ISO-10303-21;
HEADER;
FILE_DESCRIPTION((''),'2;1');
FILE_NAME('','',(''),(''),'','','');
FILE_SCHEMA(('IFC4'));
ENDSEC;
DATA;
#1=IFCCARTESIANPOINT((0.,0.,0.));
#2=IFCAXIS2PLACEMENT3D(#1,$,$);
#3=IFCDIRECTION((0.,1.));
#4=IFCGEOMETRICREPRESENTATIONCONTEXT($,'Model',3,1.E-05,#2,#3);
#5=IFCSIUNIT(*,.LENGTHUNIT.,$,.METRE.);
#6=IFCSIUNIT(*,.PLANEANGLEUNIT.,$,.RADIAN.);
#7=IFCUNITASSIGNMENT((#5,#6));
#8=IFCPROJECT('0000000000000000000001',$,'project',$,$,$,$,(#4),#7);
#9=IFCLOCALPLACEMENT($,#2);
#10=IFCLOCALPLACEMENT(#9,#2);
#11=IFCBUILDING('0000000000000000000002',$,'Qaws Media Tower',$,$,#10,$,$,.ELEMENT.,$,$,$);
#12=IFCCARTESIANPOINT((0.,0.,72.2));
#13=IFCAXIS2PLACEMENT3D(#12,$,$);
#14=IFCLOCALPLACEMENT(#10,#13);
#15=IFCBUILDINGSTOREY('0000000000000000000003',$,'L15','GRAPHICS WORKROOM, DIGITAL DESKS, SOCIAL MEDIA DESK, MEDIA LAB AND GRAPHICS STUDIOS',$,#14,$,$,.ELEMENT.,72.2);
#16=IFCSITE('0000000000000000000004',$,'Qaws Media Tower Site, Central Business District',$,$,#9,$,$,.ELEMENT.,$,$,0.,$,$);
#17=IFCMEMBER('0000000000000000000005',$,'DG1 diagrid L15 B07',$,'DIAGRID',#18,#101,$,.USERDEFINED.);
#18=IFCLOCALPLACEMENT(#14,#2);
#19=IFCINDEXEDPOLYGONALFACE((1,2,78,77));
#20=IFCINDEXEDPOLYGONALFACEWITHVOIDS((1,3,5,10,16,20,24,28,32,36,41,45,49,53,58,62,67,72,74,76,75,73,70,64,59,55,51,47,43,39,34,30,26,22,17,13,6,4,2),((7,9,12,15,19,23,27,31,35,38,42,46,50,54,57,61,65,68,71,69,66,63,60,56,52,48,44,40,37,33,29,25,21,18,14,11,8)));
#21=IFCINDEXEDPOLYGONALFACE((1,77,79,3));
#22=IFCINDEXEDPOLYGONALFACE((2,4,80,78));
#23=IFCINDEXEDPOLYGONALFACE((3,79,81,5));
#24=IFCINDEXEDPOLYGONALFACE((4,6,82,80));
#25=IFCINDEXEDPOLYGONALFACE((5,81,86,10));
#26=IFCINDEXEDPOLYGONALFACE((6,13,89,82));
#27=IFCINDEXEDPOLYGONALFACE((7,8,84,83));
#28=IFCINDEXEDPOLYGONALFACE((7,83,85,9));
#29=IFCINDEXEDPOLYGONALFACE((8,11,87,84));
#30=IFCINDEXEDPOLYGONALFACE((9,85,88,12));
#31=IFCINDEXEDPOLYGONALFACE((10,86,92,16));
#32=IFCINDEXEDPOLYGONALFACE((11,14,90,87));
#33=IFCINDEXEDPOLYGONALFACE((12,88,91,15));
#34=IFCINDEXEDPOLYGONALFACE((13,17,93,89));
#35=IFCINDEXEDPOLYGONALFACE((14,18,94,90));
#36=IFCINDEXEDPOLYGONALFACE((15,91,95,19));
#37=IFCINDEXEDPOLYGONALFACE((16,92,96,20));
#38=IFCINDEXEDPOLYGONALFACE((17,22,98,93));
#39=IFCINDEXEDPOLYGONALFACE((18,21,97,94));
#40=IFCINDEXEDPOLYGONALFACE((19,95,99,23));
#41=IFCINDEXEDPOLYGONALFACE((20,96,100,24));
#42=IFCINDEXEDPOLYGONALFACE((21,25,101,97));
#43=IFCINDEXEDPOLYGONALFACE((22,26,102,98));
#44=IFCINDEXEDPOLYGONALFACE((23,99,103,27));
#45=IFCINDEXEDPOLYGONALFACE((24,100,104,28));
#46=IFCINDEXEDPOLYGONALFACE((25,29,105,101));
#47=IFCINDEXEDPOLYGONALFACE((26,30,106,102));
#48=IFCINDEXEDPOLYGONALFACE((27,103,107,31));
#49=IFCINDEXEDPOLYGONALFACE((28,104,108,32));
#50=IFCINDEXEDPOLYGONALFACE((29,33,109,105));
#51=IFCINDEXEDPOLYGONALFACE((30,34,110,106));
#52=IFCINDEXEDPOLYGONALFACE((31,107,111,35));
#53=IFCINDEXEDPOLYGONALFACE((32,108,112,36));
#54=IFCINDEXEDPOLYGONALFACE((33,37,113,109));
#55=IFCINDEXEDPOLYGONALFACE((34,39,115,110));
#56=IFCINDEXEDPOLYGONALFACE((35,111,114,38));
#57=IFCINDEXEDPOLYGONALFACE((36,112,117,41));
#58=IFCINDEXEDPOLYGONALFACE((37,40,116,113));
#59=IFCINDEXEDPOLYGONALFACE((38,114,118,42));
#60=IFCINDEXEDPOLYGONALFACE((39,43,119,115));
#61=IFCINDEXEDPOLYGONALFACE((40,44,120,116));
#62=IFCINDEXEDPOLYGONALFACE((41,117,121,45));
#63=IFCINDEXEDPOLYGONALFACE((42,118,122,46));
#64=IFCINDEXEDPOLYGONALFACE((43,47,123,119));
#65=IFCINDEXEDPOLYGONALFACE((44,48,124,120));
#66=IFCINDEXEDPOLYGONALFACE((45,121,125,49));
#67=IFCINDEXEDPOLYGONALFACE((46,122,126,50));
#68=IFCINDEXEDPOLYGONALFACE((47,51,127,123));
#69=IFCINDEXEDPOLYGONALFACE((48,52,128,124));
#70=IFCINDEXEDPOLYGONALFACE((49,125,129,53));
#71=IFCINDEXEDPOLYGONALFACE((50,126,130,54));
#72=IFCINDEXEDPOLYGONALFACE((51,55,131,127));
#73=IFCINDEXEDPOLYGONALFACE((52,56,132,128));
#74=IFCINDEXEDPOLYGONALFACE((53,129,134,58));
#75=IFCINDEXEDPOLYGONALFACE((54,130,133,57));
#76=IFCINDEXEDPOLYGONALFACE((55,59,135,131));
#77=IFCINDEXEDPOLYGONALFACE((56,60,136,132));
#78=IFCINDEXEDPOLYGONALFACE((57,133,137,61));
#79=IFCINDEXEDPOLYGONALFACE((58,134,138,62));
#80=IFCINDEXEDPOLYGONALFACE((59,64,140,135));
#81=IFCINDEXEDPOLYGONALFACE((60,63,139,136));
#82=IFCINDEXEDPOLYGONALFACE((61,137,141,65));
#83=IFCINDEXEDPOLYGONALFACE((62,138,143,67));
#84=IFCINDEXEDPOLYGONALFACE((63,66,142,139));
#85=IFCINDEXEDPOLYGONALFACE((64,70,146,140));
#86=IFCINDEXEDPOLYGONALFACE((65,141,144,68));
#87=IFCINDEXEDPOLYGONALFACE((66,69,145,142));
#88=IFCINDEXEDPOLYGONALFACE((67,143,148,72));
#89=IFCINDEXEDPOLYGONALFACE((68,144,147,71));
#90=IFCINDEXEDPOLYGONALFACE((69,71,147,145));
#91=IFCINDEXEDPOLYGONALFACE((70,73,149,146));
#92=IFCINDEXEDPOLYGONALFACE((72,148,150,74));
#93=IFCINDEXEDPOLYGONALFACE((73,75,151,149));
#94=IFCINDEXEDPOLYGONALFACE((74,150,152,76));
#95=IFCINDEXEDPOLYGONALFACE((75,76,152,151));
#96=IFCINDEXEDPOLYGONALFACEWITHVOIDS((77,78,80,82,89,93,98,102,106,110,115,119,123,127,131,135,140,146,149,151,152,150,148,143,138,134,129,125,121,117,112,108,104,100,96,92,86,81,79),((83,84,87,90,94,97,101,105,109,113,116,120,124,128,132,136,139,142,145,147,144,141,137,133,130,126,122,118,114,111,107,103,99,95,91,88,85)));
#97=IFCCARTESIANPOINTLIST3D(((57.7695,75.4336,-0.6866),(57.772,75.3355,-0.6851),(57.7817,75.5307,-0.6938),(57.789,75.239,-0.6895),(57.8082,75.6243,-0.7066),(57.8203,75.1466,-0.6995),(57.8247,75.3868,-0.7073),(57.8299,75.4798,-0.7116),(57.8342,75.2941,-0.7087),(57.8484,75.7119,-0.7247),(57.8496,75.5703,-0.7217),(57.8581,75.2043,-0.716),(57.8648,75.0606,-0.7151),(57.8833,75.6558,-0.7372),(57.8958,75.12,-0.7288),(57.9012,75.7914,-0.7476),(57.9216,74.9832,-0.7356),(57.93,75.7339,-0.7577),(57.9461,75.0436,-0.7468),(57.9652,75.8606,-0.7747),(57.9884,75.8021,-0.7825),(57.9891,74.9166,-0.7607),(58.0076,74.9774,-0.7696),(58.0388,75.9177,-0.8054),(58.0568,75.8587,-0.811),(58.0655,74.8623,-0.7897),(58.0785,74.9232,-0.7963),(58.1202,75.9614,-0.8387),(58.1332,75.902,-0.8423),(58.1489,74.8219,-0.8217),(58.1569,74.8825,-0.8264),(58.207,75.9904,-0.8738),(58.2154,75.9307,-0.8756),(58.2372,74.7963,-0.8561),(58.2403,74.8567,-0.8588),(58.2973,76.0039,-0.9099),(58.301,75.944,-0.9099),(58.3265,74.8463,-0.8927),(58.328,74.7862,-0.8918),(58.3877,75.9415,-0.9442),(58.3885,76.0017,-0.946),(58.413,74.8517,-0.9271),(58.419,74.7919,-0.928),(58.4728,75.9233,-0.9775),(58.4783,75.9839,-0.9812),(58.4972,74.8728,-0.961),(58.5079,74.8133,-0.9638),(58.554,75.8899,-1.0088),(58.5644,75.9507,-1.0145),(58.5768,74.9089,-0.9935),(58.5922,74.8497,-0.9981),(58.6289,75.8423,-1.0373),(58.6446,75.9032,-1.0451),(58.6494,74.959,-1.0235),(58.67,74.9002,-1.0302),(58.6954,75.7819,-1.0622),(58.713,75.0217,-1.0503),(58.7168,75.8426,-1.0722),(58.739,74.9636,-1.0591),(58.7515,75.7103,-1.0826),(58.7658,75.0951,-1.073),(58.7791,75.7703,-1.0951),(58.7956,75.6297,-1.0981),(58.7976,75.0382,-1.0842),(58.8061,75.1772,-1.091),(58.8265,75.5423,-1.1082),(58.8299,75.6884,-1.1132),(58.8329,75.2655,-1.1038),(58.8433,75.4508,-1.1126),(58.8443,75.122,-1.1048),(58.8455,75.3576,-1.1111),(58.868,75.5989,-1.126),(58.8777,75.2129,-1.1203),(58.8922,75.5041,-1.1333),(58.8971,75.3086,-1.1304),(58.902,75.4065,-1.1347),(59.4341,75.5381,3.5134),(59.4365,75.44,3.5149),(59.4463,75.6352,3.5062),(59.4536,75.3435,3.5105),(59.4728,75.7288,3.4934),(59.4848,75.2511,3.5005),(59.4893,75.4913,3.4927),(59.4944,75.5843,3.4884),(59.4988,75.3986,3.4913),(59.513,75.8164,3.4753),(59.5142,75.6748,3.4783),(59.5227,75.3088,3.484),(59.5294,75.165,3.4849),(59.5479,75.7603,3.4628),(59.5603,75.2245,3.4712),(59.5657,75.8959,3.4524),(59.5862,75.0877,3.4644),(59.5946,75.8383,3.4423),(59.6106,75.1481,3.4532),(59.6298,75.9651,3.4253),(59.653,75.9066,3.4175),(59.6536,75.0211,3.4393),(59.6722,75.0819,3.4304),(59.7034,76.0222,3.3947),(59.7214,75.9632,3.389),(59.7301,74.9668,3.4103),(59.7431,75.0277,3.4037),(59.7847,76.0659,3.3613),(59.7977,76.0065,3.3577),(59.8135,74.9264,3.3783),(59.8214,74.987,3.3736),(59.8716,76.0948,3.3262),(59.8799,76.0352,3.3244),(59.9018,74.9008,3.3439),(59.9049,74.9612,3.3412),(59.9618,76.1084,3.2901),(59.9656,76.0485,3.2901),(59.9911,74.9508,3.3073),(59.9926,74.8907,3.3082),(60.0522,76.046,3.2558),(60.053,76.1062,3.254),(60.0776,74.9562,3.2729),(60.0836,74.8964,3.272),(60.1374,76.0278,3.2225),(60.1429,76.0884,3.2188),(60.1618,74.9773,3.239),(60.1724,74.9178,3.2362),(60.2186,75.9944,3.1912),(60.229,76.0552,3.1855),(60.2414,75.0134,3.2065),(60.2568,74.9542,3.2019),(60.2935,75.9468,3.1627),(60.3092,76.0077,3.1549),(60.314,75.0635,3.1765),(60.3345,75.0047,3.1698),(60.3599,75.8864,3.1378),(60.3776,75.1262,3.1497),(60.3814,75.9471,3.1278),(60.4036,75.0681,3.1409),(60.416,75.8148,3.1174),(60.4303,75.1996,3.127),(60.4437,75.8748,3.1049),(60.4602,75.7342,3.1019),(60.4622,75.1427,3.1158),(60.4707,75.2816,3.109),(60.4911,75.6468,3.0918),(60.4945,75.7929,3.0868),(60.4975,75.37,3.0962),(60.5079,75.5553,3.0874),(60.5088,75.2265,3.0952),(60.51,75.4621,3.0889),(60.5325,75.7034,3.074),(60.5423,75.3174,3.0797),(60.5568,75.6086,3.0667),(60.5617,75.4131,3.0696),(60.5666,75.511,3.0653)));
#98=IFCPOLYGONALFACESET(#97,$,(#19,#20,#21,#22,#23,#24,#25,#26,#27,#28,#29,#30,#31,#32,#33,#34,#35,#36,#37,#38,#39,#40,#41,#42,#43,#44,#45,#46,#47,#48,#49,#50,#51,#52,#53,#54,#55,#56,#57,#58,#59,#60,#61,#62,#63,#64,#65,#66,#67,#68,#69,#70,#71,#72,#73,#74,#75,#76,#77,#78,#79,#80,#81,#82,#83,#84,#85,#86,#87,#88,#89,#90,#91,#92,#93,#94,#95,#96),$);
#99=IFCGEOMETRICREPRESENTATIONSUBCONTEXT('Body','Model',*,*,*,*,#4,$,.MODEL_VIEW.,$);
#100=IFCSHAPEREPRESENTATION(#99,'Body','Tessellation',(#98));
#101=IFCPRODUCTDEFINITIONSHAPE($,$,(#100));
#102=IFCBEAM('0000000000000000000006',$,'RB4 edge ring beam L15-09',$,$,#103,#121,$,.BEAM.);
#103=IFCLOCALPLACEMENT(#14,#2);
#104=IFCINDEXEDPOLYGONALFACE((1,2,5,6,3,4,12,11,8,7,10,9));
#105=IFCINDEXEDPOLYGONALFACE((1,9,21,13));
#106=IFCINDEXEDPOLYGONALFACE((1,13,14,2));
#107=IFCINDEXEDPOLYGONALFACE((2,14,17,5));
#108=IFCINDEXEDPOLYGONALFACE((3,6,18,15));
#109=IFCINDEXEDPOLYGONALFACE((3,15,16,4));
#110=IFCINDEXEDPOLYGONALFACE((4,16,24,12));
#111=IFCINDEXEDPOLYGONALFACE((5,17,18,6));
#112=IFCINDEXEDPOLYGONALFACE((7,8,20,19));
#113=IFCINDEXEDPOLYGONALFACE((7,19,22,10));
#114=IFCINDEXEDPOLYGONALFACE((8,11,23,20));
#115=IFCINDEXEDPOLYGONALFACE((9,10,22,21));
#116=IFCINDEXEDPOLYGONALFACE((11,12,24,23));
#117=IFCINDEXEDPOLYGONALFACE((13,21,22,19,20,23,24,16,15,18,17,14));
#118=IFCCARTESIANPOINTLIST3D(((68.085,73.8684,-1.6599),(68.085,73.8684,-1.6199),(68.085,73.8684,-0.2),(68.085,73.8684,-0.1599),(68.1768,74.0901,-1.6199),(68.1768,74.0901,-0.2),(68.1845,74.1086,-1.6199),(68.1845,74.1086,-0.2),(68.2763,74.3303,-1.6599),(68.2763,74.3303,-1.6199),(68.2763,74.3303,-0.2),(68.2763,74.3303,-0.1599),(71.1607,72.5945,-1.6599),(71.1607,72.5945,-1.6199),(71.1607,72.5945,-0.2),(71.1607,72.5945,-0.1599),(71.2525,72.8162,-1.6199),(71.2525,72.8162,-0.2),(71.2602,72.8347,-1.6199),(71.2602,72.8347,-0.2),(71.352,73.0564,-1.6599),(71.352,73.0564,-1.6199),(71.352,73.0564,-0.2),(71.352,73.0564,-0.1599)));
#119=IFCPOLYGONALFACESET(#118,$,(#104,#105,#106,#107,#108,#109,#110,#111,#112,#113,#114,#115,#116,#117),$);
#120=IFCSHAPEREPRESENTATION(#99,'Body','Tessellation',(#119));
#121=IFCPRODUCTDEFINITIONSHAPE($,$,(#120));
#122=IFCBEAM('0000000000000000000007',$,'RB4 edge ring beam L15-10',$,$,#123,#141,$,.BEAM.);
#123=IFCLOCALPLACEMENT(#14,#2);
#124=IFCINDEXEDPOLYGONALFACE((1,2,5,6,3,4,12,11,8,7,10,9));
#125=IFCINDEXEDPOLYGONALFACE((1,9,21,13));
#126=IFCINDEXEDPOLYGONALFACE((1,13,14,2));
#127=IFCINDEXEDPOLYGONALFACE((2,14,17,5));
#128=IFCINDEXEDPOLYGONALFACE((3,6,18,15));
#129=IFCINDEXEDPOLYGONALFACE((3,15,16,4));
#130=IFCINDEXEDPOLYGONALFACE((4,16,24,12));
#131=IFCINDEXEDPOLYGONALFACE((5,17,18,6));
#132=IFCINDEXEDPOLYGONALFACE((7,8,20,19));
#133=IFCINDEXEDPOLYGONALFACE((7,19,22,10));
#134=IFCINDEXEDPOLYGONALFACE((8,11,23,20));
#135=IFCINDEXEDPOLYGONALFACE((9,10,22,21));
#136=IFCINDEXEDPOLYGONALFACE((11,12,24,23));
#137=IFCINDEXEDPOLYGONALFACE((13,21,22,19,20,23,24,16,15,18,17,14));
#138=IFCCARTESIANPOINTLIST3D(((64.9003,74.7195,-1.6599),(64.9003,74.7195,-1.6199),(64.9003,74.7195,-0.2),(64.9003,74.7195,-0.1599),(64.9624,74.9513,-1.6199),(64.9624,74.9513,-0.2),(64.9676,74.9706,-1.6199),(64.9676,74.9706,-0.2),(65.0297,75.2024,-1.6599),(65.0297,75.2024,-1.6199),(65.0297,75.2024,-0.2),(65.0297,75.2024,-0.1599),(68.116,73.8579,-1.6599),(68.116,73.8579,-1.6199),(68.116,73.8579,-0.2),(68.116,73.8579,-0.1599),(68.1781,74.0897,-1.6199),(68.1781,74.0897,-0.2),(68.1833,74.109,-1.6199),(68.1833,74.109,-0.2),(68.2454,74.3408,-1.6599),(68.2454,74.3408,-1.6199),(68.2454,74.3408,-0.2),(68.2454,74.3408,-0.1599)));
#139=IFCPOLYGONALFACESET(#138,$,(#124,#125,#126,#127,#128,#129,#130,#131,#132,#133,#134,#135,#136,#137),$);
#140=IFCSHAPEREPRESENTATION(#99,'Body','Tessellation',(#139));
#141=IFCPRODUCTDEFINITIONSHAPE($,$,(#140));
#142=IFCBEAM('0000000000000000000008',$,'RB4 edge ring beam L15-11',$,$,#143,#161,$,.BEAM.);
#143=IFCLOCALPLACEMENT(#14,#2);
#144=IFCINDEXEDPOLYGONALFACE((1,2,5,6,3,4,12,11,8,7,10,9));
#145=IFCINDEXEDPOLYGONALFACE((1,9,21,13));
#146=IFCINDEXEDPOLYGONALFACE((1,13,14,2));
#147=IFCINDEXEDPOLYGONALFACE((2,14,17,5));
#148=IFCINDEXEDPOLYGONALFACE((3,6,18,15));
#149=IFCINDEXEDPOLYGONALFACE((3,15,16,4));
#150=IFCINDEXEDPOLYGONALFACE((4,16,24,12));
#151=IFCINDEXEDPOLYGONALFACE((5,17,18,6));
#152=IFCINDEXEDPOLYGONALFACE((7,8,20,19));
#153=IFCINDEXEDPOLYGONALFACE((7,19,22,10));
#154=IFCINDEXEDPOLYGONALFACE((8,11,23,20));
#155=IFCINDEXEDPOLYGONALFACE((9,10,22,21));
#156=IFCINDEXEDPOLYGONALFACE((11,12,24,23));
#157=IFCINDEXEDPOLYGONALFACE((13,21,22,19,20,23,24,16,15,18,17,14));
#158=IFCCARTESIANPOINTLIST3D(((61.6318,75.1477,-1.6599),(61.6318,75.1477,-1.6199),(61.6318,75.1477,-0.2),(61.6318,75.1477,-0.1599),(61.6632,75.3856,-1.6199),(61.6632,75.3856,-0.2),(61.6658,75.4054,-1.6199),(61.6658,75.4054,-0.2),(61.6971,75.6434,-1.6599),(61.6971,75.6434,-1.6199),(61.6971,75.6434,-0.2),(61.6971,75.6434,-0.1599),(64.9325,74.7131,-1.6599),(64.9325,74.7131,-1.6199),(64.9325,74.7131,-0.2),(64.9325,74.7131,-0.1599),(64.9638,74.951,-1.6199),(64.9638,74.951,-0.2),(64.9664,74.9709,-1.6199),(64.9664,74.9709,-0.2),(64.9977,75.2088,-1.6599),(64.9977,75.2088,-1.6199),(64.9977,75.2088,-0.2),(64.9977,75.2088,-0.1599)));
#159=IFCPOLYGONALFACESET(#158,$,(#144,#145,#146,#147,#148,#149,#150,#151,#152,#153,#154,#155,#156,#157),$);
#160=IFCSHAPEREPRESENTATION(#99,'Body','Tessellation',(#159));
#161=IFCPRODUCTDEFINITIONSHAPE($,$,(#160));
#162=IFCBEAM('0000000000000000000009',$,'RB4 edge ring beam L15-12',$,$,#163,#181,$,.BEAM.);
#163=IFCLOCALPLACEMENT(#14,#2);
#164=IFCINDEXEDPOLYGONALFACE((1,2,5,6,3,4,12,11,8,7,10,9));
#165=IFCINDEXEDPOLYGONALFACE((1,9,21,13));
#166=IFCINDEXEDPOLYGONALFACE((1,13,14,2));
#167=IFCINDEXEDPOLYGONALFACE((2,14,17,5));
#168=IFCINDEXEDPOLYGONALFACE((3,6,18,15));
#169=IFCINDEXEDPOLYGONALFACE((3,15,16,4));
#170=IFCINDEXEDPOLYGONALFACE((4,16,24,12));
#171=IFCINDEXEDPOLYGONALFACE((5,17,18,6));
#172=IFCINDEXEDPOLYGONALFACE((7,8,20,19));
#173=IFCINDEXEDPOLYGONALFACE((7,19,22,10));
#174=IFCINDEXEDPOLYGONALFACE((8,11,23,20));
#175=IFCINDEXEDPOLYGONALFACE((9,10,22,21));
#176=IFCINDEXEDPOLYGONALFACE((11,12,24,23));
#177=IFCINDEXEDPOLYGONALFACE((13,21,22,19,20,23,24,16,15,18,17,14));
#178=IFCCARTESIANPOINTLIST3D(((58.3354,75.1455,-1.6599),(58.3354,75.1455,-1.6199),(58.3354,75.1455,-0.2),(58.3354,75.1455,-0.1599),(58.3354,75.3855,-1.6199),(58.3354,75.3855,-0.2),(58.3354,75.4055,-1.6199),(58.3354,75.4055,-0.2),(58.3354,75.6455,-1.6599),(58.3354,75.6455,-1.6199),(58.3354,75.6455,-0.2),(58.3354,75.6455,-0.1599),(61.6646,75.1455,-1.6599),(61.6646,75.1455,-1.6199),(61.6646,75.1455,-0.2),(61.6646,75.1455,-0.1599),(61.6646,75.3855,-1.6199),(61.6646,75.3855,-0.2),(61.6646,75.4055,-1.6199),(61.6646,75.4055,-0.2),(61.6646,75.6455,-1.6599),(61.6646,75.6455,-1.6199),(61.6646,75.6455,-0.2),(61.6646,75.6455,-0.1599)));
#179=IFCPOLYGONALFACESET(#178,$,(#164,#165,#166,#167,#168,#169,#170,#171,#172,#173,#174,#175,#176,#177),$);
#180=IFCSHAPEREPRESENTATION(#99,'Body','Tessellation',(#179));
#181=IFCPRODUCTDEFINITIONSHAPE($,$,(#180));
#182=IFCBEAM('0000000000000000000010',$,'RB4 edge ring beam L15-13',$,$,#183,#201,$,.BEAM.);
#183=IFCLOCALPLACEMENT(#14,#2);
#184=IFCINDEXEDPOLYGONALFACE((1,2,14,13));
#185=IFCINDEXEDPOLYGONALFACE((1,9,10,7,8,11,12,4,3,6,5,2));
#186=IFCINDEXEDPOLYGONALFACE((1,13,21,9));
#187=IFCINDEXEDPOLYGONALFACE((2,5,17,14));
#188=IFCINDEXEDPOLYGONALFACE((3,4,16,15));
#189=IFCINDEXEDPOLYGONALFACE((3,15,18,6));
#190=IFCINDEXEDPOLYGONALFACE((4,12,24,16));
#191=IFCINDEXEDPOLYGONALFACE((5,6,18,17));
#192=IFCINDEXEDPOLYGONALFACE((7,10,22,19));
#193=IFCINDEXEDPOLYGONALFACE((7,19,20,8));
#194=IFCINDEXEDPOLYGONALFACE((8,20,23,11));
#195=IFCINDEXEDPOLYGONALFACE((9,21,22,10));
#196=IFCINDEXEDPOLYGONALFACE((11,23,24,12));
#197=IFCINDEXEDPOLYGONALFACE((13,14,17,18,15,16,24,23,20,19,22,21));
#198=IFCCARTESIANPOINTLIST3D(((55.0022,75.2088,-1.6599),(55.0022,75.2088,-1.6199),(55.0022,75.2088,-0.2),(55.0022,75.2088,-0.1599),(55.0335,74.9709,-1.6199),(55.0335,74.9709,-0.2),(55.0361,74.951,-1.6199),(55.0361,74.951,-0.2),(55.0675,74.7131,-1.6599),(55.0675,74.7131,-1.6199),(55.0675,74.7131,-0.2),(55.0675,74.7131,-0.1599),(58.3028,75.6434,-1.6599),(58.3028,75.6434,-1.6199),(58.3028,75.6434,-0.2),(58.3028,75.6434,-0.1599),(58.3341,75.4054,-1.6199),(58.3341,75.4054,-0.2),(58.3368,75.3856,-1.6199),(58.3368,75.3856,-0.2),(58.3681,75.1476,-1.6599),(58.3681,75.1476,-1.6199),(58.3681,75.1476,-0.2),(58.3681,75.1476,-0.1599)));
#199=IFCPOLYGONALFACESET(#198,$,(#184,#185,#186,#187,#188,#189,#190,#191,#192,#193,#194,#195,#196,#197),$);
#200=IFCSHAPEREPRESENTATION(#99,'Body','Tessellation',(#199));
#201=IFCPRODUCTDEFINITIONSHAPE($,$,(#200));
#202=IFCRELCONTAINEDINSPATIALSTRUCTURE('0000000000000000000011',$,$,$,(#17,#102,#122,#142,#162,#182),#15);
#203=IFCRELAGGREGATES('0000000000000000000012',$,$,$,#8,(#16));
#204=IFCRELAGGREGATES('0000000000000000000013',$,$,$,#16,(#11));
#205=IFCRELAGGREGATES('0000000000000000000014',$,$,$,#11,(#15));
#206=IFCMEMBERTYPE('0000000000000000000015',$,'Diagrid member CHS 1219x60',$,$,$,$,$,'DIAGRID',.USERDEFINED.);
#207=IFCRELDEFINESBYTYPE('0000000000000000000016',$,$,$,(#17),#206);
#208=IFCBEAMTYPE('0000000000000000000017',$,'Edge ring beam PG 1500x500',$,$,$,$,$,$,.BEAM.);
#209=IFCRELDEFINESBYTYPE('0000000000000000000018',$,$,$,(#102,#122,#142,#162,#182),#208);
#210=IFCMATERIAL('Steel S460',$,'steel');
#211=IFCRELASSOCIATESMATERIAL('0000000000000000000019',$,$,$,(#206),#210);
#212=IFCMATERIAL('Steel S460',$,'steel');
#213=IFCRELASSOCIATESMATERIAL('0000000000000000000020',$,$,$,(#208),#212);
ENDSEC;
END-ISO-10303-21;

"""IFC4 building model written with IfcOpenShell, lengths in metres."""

from ifc_helpers import new_model, si_unit, direction, frame, origin, origin_2d, place, context, subcontext, project, spatial, hollow_circle, i_section, extrude, material, material_profile, profile_set, type_object, element, save


model = new_model("IFC4")

# Units and contexts
model_context = context("Model", 3, precision=1e-05, world=origin(), true_north=direction((0.0, 1.0)))
body_context = subcontext(model_context, "Body", "Model", "MODEL_VIEW")
ifc_project = project(units=[si_unit("LENGTHUNIT", "METRE"), si_unit("PLANEANGLEUNIT", "RADIAN")], contexts=[model_context])

# Site, building, storey
site_placement = place(None, origin())
site = spatial("IfcSite", under=ifc_project, at=site_placement, Name="Qaws Media Tower Site, Central Business District", CompositionType="ELEMENT", RefElevation=0.0)
building_placement = place(site_placement, origin())
building = spatial("IfcBuilding", under=site, at=building_placement, Name="Qaws Media Tower", CompositionType="ELEMENT")
storey_placement = place(building_placement, frame((0.0, 0.0, 72.2)))
storey = spatial("IfcBuildingStorey", under=building, at=storey_placement, Name="L15", Description="GRAPHICS WORKROOM, DIGITAL DESKS, SOCIAL MEDIA DESK, MEDIA LAB AND GRAPHICS STUDIOS", CompositionType="ELEMENT", Elevation=72.2)

# Member
ifc_material_1 = material(Name="Steel S460", Category="steel")
ifc_material_profile_1 = material_profile(ifc_material_1, hollow_circle(Radius=0.6096, WallThickness=0.0601, at=origin_2d()), Name="CHS 1219x60")
ifc_profile_set_1 = profile_set([ifc_material_profile_1], Name="Steel S460")
member_type_1 = type_object("IfcMemberType", Name="Diagrid member CHS 1219x60", ElementType="DIAGRID", PredefinedType="USERDEFINED", material=ifc_profile_set_1)
for number, where, z_axis, x_axis, name in (
    (1, (58.3354, 75.3955, -0.9099), (0.368346, 0.023123, 0.929401), (-0.062652, 0.998035, 0.0), "DG1 diagrid L15 B07"),
):
    element("IfcMember", number, at=place(storey_placement, frame(where, z_axis=z_axis, x_axis=x_axis)), inside=storey, type_object=member_type_1, Name=name, ObjectType="DIAGRID", PredefinedType="USERDEFINED", context=body_context, shape_type="SweptSolid", body=[
        extrude(hollow_circle(Radius=0.6096, WallThickness=0.0601, at=origin_2d()), origin(), (0.0, 0.0, 1.0), 4.519),
    ])

# Beams
ifc_material_2 = material(Name="Steel S460", Category="steel")
ifc_material_profile_2 = material_profile(ifc_material_2, i_section(OverallWidth=0.5, OverallDepth=1.5, WebThickness=0.02, FlangeThickness=0.04, at=origin_2d()), Name="PG 1500x500")
ifc_profile_set_2 = profile_set([ifc_material_profile_2], Name="Steel S460")
beam_type = type_object("IfcBeamType", Name="Edge ring beam PG 1500x500", PredefinedType="BEAM", material=ifc_profile_set_2)
for number, where, z_axis, x_axis, name in (
    (2, (71.2563, 72.8254, -0.9099), (-0.923886, 0.382667, 0.0), (-0.382667, -0.923886, 0.0), "RB4 edge ring beam L15-09"),
    (3, (68.1807, 74.0994, -0.9099), (-0.965929, 0.258808, 0.0), (-0.258808, -0.965929, 0.0), "RB4 edge ring beam L15-10"),
    (4, (64.9651, 74.9609, -0.9099), (-0.991443, 0.13054, 0.0), (-0.13054, -0.991443, 0.0), "RB4 edge ring beam L15-11"),
    (5, (61.6646, 75.3955, -0.9099), (-1.0, 0.0, 0.0), (0.0, -1.0, 0.0), "RB4 edge ring beam L15-12"),
    (6, (58.3354, 75.3955, -0.9099), (-0.991443, -0.13054, 0.0), (0.13054, -0.991443, 0.0), "RB4 edge ring beam L15-13"),
):
    element("IfcBeam", number, at=place(storey_placement, frame(where, z_axis=z_axis, x_axis=x_axis)), inside=storey, type_object=beam_type, Name=name, PredefinedType="BEAM", context=body_context, shape_type="SweptSolid", body=[
        extrude(i_section(OverallWidth=0.5, OverallDepth=1.5, WebThickness=0.02, FlangeThickness=0.04, at=origin_2d()), origin(), (0.0, 0.0, 1.0), 3.3291),
    ])

save(model, "model.ifc")
